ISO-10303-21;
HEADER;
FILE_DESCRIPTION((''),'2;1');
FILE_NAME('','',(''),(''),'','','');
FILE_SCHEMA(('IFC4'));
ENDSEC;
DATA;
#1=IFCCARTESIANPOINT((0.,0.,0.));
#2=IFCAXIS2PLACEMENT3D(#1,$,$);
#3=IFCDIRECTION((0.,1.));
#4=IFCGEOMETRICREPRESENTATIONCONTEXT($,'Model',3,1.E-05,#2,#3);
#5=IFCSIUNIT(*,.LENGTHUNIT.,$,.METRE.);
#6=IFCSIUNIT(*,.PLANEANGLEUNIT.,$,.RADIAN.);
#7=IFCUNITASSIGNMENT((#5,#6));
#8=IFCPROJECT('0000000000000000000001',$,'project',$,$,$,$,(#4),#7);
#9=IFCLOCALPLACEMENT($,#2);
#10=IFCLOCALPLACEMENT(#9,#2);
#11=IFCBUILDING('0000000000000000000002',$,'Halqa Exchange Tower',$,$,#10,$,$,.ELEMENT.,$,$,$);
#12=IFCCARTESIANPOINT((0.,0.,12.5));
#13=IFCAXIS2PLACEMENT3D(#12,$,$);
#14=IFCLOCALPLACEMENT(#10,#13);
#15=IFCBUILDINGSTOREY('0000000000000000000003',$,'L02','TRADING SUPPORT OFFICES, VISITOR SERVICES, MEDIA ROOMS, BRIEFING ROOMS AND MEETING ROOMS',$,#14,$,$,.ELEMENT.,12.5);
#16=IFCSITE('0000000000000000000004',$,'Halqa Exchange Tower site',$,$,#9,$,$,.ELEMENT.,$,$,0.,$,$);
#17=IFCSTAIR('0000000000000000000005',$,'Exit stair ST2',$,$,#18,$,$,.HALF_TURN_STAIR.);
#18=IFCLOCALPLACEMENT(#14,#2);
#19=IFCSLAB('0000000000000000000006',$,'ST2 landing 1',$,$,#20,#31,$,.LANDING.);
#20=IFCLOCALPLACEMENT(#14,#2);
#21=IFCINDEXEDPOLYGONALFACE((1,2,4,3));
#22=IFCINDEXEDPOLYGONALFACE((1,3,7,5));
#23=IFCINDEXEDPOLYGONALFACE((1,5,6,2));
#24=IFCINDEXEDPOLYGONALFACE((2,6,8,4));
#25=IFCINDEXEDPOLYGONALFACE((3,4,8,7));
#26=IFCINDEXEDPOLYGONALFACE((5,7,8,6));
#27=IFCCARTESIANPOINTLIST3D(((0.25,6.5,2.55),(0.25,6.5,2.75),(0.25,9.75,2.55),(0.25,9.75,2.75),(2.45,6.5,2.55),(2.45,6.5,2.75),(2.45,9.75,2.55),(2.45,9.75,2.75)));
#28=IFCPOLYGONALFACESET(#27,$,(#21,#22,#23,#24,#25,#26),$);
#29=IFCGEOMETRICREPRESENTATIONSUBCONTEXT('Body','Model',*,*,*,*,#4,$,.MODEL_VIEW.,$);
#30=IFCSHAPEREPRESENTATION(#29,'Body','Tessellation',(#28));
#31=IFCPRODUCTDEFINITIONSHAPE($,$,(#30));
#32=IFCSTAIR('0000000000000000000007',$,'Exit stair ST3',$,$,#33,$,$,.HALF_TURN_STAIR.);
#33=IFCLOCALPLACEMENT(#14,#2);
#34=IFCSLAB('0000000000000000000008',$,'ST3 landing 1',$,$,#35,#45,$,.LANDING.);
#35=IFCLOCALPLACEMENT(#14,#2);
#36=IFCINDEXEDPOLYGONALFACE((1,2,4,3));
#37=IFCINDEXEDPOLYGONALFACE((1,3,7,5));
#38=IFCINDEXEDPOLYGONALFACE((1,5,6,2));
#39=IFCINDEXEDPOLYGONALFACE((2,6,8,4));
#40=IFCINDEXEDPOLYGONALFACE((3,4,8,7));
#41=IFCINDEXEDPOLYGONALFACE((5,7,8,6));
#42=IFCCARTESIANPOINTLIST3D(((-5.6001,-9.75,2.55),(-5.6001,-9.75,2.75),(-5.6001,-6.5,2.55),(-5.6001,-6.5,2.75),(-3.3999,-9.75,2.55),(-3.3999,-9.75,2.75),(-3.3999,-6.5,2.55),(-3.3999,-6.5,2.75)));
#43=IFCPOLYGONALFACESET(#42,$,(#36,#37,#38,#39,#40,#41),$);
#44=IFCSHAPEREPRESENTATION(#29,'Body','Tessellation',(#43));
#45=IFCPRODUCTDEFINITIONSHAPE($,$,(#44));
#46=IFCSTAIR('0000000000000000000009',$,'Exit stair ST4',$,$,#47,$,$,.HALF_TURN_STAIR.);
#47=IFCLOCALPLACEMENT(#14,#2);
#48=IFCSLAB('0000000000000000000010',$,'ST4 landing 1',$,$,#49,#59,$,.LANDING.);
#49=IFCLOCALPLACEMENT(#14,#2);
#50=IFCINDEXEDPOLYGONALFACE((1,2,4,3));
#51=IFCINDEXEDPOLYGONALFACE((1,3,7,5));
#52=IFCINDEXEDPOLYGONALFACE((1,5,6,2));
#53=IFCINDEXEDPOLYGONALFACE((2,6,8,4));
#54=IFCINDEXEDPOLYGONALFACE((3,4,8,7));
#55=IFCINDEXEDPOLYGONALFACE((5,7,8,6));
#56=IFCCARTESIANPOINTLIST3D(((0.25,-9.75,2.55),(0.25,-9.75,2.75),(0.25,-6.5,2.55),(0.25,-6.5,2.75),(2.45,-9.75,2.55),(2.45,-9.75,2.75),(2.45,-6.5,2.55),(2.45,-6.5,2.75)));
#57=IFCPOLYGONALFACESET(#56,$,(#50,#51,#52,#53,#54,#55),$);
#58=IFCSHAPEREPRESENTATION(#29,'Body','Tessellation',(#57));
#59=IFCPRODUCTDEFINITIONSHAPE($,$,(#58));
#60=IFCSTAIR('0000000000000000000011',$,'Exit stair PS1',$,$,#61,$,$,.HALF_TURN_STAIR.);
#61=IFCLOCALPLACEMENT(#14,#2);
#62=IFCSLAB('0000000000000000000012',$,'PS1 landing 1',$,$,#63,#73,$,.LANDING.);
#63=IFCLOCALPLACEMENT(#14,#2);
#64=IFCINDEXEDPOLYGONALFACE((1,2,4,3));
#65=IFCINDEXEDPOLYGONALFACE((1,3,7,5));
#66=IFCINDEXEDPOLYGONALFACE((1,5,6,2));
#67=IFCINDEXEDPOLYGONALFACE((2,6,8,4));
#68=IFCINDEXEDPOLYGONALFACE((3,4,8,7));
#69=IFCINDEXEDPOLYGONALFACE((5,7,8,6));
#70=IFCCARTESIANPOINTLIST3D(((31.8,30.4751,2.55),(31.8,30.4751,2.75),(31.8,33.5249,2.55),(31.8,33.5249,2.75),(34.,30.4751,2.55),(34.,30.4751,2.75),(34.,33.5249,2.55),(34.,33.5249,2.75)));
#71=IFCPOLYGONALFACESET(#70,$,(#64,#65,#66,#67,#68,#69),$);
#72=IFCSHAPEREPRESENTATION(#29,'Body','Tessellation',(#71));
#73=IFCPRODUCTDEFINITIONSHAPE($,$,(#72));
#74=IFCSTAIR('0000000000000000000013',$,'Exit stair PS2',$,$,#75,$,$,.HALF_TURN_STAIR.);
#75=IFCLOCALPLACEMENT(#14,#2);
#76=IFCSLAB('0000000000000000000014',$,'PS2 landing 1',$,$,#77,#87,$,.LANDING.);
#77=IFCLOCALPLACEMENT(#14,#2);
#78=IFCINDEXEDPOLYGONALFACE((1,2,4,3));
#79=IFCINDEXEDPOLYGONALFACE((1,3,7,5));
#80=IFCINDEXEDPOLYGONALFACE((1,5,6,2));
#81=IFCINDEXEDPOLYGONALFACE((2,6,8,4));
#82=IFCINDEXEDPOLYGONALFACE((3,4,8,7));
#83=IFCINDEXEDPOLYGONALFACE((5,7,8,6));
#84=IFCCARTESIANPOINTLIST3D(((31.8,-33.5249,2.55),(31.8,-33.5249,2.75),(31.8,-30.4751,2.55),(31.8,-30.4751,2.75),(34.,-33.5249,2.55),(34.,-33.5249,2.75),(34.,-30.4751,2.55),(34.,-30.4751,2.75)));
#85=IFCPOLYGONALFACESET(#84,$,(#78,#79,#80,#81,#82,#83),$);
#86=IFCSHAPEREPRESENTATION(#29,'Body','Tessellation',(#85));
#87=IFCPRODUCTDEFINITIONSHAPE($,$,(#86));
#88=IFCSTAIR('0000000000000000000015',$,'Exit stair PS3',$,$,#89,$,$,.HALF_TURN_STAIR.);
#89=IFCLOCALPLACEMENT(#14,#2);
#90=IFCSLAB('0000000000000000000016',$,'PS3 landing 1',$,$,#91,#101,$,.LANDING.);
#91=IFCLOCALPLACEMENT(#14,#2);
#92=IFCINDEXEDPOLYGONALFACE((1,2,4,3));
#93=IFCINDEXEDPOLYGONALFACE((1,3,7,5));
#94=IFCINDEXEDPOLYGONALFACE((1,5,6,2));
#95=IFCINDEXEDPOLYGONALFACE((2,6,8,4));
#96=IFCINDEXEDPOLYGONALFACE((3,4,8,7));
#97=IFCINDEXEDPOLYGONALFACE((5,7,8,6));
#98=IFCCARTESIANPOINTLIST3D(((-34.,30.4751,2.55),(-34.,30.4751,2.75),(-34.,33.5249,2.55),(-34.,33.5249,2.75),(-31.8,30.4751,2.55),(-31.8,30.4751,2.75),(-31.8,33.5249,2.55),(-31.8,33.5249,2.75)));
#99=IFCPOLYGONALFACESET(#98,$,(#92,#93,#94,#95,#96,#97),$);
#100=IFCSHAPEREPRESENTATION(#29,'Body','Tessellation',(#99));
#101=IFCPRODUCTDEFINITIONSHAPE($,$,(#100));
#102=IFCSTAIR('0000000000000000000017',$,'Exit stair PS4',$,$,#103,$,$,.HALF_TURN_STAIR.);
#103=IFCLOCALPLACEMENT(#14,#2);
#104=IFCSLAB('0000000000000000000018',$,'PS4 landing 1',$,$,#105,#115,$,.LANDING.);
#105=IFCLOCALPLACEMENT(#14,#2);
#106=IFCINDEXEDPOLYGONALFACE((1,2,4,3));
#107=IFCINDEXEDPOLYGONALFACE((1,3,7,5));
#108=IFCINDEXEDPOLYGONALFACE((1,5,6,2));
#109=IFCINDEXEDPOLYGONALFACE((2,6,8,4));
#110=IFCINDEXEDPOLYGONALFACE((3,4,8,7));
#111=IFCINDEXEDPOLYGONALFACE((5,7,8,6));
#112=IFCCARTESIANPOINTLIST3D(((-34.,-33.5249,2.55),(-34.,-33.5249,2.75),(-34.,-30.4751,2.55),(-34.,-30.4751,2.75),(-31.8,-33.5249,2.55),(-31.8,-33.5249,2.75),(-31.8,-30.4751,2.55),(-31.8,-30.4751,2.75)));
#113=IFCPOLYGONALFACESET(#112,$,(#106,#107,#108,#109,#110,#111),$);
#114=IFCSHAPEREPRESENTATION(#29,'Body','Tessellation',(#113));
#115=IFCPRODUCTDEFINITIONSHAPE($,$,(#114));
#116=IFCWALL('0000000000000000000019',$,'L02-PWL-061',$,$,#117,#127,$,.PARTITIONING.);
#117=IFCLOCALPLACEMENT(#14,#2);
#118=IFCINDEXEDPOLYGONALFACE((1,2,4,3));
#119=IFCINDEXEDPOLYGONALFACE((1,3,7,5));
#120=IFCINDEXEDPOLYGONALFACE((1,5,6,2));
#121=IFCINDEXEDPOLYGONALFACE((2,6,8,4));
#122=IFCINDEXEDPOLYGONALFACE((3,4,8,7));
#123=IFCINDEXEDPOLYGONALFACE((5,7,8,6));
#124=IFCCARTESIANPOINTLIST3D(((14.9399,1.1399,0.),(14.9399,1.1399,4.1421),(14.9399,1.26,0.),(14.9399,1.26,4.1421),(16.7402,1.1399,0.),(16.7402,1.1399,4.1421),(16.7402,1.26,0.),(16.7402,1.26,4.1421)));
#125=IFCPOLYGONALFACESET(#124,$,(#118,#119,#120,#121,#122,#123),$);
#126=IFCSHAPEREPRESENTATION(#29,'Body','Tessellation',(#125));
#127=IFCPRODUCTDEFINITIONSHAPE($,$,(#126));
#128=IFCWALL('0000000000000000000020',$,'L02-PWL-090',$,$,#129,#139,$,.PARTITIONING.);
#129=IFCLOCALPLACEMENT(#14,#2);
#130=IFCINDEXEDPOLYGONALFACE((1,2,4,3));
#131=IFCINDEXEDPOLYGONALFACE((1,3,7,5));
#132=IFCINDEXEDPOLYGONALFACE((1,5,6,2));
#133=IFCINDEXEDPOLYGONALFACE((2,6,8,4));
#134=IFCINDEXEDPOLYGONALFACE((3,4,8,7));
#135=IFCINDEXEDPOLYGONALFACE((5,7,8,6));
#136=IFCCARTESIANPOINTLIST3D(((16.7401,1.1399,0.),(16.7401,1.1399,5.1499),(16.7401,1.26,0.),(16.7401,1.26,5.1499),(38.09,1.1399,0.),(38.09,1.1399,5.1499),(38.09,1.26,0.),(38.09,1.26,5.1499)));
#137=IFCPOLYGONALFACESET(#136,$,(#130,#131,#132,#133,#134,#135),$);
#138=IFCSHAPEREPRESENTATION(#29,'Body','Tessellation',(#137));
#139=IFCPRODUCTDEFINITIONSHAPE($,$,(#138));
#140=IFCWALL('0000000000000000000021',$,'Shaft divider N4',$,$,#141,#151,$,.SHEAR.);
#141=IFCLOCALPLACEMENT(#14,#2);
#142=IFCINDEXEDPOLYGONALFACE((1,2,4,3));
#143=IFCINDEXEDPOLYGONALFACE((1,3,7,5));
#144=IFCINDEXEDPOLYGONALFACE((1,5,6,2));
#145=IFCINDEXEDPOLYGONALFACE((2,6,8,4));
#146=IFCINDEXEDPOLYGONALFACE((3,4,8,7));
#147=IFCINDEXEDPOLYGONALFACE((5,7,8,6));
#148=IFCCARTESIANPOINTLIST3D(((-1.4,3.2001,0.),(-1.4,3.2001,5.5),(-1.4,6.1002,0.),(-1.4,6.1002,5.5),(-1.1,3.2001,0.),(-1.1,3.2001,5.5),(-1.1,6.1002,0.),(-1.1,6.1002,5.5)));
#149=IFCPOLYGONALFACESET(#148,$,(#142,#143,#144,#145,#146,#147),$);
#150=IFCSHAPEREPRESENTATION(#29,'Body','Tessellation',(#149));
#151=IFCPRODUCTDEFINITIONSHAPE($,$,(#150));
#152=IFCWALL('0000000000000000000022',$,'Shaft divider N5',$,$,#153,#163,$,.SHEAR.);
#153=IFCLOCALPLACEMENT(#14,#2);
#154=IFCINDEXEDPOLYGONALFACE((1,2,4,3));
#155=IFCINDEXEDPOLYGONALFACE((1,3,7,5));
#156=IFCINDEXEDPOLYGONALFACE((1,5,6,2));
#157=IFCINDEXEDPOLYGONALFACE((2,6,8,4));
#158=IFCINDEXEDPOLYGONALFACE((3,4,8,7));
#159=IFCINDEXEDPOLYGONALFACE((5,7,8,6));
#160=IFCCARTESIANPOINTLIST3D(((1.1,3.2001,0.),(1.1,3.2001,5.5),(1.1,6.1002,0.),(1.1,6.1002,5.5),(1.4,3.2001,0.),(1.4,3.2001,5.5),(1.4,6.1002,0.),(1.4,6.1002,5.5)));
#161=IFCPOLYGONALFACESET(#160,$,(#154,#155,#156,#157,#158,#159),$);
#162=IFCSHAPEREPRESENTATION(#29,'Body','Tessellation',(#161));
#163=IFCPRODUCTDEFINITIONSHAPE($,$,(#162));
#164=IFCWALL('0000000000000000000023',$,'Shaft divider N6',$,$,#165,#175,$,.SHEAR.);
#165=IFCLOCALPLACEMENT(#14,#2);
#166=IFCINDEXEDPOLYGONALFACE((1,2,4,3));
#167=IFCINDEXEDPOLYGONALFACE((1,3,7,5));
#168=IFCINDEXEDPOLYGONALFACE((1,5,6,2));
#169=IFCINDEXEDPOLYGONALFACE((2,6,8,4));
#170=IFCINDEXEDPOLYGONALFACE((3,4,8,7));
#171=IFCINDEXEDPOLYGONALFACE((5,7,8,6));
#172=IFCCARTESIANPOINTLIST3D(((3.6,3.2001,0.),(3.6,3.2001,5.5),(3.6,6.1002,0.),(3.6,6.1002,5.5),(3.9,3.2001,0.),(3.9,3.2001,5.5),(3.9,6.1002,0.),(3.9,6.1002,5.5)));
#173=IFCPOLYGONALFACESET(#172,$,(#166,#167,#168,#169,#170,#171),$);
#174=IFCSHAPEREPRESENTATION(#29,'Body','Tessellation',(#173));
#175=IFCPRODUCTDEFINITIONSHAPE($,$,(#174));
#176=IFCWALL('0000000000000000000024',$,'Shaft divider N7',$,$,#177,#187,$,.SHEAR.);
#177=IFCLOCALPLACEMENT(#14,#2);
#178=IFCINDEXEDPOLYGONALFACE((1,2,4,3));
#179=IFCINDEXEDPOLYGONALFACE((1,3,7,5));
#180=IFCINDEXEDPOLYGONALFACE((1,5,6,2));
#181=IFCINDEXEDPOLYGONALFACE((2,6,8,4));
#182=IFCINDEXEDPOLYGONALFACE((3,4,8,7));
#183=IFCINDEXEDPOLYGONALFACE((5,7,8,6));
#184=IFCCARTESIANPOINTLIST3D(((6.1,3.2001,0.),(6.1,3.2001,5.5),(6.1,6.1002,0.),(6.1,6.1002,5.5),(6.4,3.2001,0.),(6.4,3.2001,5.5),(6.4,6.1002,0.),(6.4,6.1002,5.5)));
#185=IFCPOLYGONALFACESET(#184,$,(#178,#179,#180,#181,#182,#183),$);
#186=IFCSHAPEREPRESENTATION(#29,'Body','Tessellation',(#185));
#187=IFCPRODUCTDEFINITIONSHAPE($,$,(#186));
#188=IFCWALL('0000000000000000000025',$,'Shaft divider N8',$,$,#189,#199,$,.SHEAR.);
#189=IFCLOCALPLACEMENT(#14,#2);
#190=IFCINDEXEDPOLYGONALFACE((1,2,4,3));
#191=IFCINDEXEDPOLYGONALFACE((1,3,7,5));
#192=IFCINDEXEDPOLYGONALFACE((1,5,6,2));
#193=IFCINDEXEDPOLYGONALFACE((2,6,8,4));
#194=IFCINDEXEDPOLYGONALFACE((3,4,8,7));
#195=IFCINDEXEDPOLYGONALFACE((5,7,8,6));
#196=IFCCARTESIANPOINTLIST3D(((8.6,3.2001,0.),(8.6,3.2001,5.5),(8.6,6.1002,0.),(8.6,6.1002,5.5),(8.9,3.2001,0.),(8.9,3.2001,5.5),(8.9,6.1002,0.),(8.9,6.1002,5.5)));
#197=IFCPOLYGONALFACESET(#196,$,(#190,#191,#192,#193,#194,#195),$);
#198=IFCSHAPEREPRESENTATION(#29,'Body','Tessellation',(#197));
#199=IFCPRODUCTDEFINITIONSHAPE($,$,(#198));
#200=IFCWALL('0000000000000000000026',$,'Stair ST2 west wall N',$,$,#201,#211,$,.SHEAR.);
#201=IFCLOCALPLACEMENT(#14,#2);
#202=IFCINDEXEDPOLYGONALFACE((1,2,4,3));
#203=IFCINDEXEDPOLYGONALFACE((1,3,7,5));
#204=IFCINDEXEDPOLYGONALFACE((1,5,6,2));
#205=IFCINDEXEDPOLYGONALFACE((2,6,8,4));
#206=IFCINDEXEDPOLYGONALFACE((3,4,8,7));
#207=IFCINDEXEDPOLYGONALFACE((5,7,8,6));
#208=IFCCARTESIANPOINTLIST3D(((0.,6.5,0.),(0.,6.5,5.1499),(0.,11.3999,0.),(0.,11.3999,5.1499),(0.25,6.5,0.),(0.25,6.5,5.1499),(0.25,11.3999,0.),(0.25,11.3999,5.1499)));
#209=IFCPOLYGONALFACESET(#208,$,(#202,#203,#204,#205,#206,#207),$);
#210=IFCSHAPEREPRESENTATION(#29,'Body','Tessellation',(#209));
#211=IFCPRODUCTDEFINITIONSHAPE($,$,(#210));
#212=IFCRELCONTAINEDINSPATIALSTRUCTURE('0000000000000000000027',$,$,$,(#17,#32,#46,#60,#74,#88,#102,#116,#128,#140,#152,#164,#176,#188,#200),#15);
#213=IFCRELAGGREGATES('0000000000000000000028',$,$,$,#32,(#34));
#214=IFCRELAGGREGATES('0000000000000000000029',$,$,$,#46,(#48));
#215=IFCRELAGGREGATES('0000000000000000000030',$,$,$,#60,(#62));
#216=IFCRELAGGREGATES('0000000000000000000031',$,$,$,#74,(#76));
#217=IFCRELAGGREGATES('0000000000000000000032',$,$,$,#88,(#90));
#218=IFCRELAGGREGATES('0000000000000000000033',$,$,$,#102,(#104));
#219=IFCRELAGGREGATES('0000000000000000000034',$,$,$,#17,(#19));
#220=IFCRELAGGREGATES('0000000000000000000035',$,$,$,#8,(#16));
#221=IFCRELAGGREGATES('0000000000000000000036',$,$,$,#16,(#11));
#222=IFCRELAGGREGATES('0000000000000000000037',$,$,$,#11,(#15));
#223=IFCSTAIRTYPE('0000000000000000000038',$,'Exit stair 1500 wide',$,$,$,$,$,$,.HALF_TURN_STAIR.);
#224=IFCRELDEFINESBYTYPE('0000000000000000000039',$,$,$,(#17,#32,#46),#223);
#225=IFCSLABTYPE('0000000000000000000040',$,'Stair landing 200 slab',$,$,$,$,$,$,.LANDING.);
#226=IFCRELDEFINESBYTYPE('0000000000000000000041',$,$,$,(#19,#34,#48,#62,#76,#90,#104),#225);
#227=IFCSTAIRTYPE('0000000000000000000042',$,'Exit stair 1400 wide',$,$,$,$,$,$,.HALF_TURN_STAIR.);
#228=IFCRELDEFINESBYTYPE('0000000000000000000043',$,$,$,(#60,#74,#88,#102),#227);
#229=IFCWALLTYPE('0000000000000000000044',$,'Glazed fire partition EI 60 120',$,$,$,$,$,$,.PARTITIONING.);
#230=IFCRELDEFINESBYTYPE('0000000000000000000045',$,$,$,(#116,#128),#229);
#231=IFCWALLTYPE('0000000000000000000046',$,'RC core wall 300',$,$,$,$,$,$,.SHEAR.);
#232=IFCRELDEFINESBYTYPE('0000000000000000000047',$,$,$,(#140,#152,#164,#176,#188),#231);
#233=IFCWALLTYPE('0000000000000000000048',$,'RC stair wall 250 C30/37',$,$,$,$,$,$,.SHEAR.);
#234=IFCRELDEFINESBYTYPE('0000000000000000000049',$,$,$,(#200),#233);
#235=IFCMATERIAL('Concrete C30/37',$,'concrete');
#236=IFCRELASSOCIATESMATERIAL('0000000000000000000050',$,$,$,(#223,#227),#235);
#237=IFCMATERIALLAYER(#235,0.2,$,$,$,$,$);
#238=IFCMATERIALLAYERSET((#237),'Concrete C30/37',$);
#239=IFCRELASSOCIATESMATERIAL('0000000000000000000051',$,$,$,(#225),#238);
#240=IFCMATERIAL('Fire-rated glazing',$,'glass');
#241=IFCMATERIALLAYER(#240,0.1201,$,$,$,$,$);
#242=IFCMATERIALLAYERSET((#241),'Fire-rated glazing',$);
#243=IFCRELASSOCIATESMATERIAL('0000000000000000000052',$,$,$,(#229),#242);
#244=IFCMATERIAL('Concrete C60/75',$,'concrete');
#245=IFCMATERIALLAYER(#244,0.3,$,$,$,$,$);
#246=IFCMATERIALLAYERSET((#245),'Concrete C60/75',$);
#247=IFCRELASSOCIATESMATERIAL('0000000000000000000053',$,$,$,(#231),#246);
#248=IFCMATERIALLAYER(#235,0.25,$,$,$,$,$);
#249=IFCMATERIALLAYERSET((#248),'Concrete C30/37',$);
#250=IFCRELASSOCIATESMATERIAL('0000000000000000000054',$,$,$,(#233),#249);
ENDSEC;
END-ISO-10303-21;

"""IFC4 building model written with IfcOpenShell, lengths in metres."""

from ifc_helpers import new_model, si_unit, direction, frame, frame_2d, origin, place, context, subcontext, project, spatial, polyline, rectangle, outline, extrude, material, layer, layer_set, type_object, element, aggregate, save


model = new_model("IFC4")

# Units and contexts
model_context = context("Model", 3, precision=1e-05, world=origin(), true_north=direction((0.0, 1.0)))
body_context = subcontext(model_context, "Body", "Model", "MODEL_VIEW")
ifc_project = project(units=[si_unit("LENGTHUNIT", "METRE"), si_unit("PLANEANGLEUNIT", "RADIAN")], contexts=[model_context])

# Site, building, storey
site_placement = place(None, origin())
site = spatial("IfcSite", under=ifc_project, at=site_placement, Name="Halqa Exchange Tower site", CompositionType="ELEMENT", RefElevation=0.0)
building_placement = place(site_placement, origin())
building = spatial("IfcBuilding", under=site, at=building_placement, Name="Halqa Exchange Tower", CompositionType="ELEMENT")
storey_placement = place(building_placement, frame((0.0, 0.0, 12.5)))
storey = spatial("IfcBuildingStorey", under=building, at=storey_placement, Name="L02", Description="TRADING SUPPORT OFFICES, VISITOR SERVICES, MEDIA ROOMS, BRIEFING ROOMS AND MEETING ROOMS", CompositionType="ELEMENT", Elevation=12.5)

# Stairs, slabs
ifc_material_1 = material(Name="Concrete C30/37", Category="concrete")
stair_type_1 = type_object("IfcStairType", Name="Exit stair 1500 wide", PredefinedType="HALF_TURN_STAIR", material=ifc_material_1)
stair_1_placement = place(storey_placement, origin())
stair_1 = element("IfcStair", 1, at=stair_1_placement, inside=storey, type_object=stair_type_1, Name="Exit stair ST2", PredefinedType="HALF_TURN_STAIR")
ifc_layer_1 = layer(ifc_material_1, 0.2)
ifc_layer_set_1 = layer_set([ifc_layer_1], Name="Concrete C30/37")
slab_type = type_object("IfcSlabType", Name="Stair landing 200 slab", PredefinedType="LANDING", material=ifc_layer_set_1)
slab_1_placement = place(storey_placement, frame((0.0, 0.0, 2.55)))
slab_1 = element("IfcSlab", 2, at=slab_1_placement, type_object=slab_type, Name="ST2 landing 1", PredefinedType="LANDING", context=body_context, shape_type="SweptSolid", body=[
    extrude(outline(polyline([(0.25, 6.5), (2.45, 6.5), (2.45, 9.75), (0.25, 9.75), (0.25, 6.5)])), origin(), (0.0, 0.0, 1.0), 0.2),
])
stair_2_placement = place(storey_placement, origin())
stair_2 = element("IfcStair", 3, at=stair_2_placement, inside=storey, type_object=stair_type_1, Name="Exit stair ST3", PredefinedType="HALF_TURN_STAIR")
slab_2_placement = place(storey_placement, frame((0.0, 0.0, 2.55)))
slab_2 = element("IfcSlab", 4, at=slab_2_placement, type_object=slab_type, Name="ST3 landing 1", PredefinedType="LANDING", context=body_context, shape_type="SweptSolid", body=[
    extrude(outline(polyline([(-5.6001, -9.75), (-3.3999, -9.75), (-3.3999, -6.5), (-5.6001, -6.5), (-5.6001, -9.75)])), origin(), (0.0, 0.0, 1.0), 0.2),
])
aggregate(stair_2, [slab_2])
stair_3_placement = place(storey_placement, origin())
stair_3 = element("IfcStair", 5, at=stair_3_placement, inside=storey, type_object=stair_type_1, Name="Exit stair ST4", PredefinedType="HALF_TURN_STAIR")
slab_3_placement = place(storey_placement, frame((0.0, 0.0, 2.55)))
slab_3 = element("IfcSlab", 6, at=slab_3_placement, type_object=slab_type, Name="ST4 landing 1", PredefinedType="LANDING", context=body_context, shape_type="SweptSolid", body=[
    extrude(outline(polyline([(0.25, -9.75), (2.45, -9.75), (2.45, -6.5), (0.25, -6.5), (0.25, -9.75)])), origin(), (0.0, 0.0, 1.0), 0.2),
])
aggregate(stair_3, [slab_3])
stair_type_2 = type_object("IfcStairType", Name="Exit stair 1400 wide", PredefinedType="HALF_TURN_STAIR", material=ifc_material_1)
stair_4_placement = place(storey_placement, origin())
stair_4 = element("IfcStair", 7, at=stair_4_placement, inside=storey, type_object=stair_type_2, Name="Exit stair PS1", PredefinedType="HALF_TURN_STAIR")
slab_4_placement = place(storey_placement, frame((0.0, 0.0, 2.55)))
slab_4 = element("IfcSlab", 8, at=slab_4_placement, type_object=slab_type, Name="PS1 landing 1", PredefinedType="LANDING", context=body_context, shape_type="SweptSolid", body=[
    extrude(outline(polyline([(31.8, 30.4751), (34.0, 30.4751), (34.0, 33.5249), (31.8, 33.5249), (31.8, 30.4751)])), origin(), (0.0, 0.0, 1.0), 0.2),
])
aggregate(stair_4, [slab_4])
stair_5_placement = place(storey_placement, origin())
stair_5 = element("IfcStair", 9, at=stair_5_placement, inside=storey, type_object=stair_type_2, Name="Exit stair PS2", PredefinedType="HALF_TURN_STAIR")
slab_5_placement = place(storey_placement, frame((0.0, 0.0, 2.55)))
slab_5 = element("IfcSlab", 10, at=slab_5_placement, type_object=slab_type, Name="PS2 landing 1", PredefinedType="LANDING", context=body_context, shape_type="SweptSolid", body=[
    extrude(outline(polyline([(31.8, -33.5249), (34.0, -33.5249), (34.0, -30.4751), (31.8, -30.4751), (31.8, -33.5249)])), origin(), (0.0, 0.0, 1.0), 0.2),
])
aggregate(stair_5, [slab_5])
stair_6_placement = place(storey_placement, origin())
stair_6 = element("IfcStair", 11, at=stair_6_placement, inside=storey, type_object=stair_type_2, Name="Exit stair PS3", PredefinedType="HALF_TURN_STAIR")
slab_6_placement = place(storey_placement, frame((0.0, 0.0, 2.55)))
slab_6 = element("IfcSlab", 12, at=slab_6_placement, type_object=slab_type, Name="PS3 landing 1", PredefinedType="LANDING", context=body_context, shape_type="SweptSolid", body=[
    extrude(outline(polyline([(-34.0, 30.4751), (-31.8, 30.4751), (-31.8, 33.5249), (-34.0, 33.5249), (-34.0, 30.4751)])), origin(), (0.0, 0.0, 1.0), 0.2),
])
aggregate(stair_6, [slab_6])
stair_7_placement = place(storey_placement, origin())
stair_7 = element("IfcStair", 13, at=stair_7_placement, inside=storey, type_object=stair_type_2, Name="Exit stair PS4", PredefinedType="HALF_TURN_STAIR")
slab_7_placement = place(storey_placement, frame((0.0, 0.0, 2.55)))
slab_7 = element("IfcSlab", 14, at=slab_7_placement, type_object=slab_type, Name="PS4 landing 1", PredefinedType="LANDING", context=body_context, shape_type="SweptSolid", body=[
    extrude(outline(polyline([(-34.0, -33.5249), (-31.8, -33.5249), (-31.8, -30.4751), (-34.0, -30.4751), (-34.0, -33.5249)])), origin(), (0.0, 0.0, 1.0), 0.2),
])
aggregate(stair_7, [slab_7])

# Walls
ifc_material_2 = material(Name="Fire-rated glazing", Category="glass")
ifc_layer_2 = layer(ifc_material_2, 0.1201)
ifc_layer_set_2 = layer_set([ifc_layer_2], Name="Fire-rated glazing")
wall_type_1 = type_object("IfcWallType", Name="Glazed fire partition EI 60 120", PredefinedType="PARTITIONING", material=ifc_layer_set_2)
wall_1_placement = place(storey_placement, frame((14.9399, 1.2, 0.0), z_axis=(0.0, 0.0, 1.0), x_axis=(1.0, 0.0, 0.0)))
element("IfcWall", 15, at=wall_1_placement, inside=storey, type_object=wall_type_1, Name="L02-PWL-061", PredefinedType="PARTITIONING", context=body_context, shape_type="SweptSolid", body=[
    extrude(rectangle(XDim=1.8003, YDim=0.1201, at=frame_2d((0.9001, 0.0))), origin(), (0.0, 0.0, 1.0), 4.1421),
])
wall_2_placement = place(storey_placement, frame((16.7402, 1.2, 0.0), z_axis=(0.0, 0.0, 1.0), x_axis=(1.0, 0.0, 0.0)))
element("IfcWall", 16, at=wall_2_placement, inside=storey, type_object=wall_type_1, Name="L02-PWL-090", PredefinedType="PARTITIONING", context=body_context, shape_type="SweptSolid", body=[
    extrude(rectangle(XDim=21.3499, YDim=0.1201, at=frame_2d((10.6748, 0.0))), origin(), (0.0, 0.0, 1.0), 5.1499),
])
ifc_material_3 = material(Name="Concrete C60/75", Category="concrete")
ifc_layer_3 = layer(ifc_material_3, 0.3)
ifc_layer_set_3 = layer_set([ifc_layer_3], Name="Concrete C60/75")
wall_type_2 = type_object("IfcWallType", Name="RC core wall 300", PredefinedType="SHEAR", material=ifc_layer_set_3)
for number, where, z_axis, x_axis, name in (
    (17, (-1.25, 3.2, 0.0), (0.0, 0.0, 1.0), (0.0, 1.0, 0.0), "Shaft divider N4"),
    (18, (1.25, 3.2, 0.0), (0.0, 0.0, 1.0), (0.0, 1.0, 0.0), "Shaft divider N5"),
    (19, (3.75, 3.2, 0.0), (0.0, 0.0, 1.0), (0.0, 1.0, 0.0), "Shaft divider N6"),
    (20, (6.25, 3.2, 0.0), (0.0, 0.0, 1.0), (0.0, 1.0, 0.0), "Shaft divider N7"),
    (21, (8.75, 3.2, 0.0), (0.0, 0.0, 1.0), (0.0, 1.0, 0.0), "Shaft divider N8"),
):
    element("IfcWall", number, at=place(storey_placement, frame(where, z_axis=z_axis, x_axis=x_axis)), inside=storey, type_object=wall_type_2, Name=name, PredefinedType="SHEAR", context=body_context, shape_type="SweptSolid", body=[
        extrude(rectangle(XDim=2.9001, YDim=0.3, at=frame_2d((1.4502, 0.0))), origin(), (0.0, 0.0, 1.0), 5.5),
    ])
ifc_layer_4 = layer(ifc_material_1, 0.25)
ifc_layer_set_4 = layer_set([ifc_layer_4], Name="Concrete C30/37")
wall_type_3 = type_object("IfcWallType", Name="RC stair wall 250 C30/37", PredefinedType="SHEAR", material=ifc_layer_set_4)
wall_3_placement = place(storey_placement, frame((0.125, 6.5, 0.0), z_axis=(0.0, 0.0, 1.0), x_axis=(0.0, 1.0, 0.0)))
element("IfcWall", 22, at=wall_3_placement, inside=storey, type_object=wall_type_3, Name="Stair ST2 west wall N", PredefinedType="SHEAR", context=body_context, shape_type="SweptSolid", body=[
    extrude(rectangle(XDim=4.8999, YDim=0.25, at=frame_2d((2.45, 0.0))), origin(), (0.0, 0.0, 1.0), 5.1499),
])

aggregate(stair_1, [slab_1])

save(model, "model.ifc")
